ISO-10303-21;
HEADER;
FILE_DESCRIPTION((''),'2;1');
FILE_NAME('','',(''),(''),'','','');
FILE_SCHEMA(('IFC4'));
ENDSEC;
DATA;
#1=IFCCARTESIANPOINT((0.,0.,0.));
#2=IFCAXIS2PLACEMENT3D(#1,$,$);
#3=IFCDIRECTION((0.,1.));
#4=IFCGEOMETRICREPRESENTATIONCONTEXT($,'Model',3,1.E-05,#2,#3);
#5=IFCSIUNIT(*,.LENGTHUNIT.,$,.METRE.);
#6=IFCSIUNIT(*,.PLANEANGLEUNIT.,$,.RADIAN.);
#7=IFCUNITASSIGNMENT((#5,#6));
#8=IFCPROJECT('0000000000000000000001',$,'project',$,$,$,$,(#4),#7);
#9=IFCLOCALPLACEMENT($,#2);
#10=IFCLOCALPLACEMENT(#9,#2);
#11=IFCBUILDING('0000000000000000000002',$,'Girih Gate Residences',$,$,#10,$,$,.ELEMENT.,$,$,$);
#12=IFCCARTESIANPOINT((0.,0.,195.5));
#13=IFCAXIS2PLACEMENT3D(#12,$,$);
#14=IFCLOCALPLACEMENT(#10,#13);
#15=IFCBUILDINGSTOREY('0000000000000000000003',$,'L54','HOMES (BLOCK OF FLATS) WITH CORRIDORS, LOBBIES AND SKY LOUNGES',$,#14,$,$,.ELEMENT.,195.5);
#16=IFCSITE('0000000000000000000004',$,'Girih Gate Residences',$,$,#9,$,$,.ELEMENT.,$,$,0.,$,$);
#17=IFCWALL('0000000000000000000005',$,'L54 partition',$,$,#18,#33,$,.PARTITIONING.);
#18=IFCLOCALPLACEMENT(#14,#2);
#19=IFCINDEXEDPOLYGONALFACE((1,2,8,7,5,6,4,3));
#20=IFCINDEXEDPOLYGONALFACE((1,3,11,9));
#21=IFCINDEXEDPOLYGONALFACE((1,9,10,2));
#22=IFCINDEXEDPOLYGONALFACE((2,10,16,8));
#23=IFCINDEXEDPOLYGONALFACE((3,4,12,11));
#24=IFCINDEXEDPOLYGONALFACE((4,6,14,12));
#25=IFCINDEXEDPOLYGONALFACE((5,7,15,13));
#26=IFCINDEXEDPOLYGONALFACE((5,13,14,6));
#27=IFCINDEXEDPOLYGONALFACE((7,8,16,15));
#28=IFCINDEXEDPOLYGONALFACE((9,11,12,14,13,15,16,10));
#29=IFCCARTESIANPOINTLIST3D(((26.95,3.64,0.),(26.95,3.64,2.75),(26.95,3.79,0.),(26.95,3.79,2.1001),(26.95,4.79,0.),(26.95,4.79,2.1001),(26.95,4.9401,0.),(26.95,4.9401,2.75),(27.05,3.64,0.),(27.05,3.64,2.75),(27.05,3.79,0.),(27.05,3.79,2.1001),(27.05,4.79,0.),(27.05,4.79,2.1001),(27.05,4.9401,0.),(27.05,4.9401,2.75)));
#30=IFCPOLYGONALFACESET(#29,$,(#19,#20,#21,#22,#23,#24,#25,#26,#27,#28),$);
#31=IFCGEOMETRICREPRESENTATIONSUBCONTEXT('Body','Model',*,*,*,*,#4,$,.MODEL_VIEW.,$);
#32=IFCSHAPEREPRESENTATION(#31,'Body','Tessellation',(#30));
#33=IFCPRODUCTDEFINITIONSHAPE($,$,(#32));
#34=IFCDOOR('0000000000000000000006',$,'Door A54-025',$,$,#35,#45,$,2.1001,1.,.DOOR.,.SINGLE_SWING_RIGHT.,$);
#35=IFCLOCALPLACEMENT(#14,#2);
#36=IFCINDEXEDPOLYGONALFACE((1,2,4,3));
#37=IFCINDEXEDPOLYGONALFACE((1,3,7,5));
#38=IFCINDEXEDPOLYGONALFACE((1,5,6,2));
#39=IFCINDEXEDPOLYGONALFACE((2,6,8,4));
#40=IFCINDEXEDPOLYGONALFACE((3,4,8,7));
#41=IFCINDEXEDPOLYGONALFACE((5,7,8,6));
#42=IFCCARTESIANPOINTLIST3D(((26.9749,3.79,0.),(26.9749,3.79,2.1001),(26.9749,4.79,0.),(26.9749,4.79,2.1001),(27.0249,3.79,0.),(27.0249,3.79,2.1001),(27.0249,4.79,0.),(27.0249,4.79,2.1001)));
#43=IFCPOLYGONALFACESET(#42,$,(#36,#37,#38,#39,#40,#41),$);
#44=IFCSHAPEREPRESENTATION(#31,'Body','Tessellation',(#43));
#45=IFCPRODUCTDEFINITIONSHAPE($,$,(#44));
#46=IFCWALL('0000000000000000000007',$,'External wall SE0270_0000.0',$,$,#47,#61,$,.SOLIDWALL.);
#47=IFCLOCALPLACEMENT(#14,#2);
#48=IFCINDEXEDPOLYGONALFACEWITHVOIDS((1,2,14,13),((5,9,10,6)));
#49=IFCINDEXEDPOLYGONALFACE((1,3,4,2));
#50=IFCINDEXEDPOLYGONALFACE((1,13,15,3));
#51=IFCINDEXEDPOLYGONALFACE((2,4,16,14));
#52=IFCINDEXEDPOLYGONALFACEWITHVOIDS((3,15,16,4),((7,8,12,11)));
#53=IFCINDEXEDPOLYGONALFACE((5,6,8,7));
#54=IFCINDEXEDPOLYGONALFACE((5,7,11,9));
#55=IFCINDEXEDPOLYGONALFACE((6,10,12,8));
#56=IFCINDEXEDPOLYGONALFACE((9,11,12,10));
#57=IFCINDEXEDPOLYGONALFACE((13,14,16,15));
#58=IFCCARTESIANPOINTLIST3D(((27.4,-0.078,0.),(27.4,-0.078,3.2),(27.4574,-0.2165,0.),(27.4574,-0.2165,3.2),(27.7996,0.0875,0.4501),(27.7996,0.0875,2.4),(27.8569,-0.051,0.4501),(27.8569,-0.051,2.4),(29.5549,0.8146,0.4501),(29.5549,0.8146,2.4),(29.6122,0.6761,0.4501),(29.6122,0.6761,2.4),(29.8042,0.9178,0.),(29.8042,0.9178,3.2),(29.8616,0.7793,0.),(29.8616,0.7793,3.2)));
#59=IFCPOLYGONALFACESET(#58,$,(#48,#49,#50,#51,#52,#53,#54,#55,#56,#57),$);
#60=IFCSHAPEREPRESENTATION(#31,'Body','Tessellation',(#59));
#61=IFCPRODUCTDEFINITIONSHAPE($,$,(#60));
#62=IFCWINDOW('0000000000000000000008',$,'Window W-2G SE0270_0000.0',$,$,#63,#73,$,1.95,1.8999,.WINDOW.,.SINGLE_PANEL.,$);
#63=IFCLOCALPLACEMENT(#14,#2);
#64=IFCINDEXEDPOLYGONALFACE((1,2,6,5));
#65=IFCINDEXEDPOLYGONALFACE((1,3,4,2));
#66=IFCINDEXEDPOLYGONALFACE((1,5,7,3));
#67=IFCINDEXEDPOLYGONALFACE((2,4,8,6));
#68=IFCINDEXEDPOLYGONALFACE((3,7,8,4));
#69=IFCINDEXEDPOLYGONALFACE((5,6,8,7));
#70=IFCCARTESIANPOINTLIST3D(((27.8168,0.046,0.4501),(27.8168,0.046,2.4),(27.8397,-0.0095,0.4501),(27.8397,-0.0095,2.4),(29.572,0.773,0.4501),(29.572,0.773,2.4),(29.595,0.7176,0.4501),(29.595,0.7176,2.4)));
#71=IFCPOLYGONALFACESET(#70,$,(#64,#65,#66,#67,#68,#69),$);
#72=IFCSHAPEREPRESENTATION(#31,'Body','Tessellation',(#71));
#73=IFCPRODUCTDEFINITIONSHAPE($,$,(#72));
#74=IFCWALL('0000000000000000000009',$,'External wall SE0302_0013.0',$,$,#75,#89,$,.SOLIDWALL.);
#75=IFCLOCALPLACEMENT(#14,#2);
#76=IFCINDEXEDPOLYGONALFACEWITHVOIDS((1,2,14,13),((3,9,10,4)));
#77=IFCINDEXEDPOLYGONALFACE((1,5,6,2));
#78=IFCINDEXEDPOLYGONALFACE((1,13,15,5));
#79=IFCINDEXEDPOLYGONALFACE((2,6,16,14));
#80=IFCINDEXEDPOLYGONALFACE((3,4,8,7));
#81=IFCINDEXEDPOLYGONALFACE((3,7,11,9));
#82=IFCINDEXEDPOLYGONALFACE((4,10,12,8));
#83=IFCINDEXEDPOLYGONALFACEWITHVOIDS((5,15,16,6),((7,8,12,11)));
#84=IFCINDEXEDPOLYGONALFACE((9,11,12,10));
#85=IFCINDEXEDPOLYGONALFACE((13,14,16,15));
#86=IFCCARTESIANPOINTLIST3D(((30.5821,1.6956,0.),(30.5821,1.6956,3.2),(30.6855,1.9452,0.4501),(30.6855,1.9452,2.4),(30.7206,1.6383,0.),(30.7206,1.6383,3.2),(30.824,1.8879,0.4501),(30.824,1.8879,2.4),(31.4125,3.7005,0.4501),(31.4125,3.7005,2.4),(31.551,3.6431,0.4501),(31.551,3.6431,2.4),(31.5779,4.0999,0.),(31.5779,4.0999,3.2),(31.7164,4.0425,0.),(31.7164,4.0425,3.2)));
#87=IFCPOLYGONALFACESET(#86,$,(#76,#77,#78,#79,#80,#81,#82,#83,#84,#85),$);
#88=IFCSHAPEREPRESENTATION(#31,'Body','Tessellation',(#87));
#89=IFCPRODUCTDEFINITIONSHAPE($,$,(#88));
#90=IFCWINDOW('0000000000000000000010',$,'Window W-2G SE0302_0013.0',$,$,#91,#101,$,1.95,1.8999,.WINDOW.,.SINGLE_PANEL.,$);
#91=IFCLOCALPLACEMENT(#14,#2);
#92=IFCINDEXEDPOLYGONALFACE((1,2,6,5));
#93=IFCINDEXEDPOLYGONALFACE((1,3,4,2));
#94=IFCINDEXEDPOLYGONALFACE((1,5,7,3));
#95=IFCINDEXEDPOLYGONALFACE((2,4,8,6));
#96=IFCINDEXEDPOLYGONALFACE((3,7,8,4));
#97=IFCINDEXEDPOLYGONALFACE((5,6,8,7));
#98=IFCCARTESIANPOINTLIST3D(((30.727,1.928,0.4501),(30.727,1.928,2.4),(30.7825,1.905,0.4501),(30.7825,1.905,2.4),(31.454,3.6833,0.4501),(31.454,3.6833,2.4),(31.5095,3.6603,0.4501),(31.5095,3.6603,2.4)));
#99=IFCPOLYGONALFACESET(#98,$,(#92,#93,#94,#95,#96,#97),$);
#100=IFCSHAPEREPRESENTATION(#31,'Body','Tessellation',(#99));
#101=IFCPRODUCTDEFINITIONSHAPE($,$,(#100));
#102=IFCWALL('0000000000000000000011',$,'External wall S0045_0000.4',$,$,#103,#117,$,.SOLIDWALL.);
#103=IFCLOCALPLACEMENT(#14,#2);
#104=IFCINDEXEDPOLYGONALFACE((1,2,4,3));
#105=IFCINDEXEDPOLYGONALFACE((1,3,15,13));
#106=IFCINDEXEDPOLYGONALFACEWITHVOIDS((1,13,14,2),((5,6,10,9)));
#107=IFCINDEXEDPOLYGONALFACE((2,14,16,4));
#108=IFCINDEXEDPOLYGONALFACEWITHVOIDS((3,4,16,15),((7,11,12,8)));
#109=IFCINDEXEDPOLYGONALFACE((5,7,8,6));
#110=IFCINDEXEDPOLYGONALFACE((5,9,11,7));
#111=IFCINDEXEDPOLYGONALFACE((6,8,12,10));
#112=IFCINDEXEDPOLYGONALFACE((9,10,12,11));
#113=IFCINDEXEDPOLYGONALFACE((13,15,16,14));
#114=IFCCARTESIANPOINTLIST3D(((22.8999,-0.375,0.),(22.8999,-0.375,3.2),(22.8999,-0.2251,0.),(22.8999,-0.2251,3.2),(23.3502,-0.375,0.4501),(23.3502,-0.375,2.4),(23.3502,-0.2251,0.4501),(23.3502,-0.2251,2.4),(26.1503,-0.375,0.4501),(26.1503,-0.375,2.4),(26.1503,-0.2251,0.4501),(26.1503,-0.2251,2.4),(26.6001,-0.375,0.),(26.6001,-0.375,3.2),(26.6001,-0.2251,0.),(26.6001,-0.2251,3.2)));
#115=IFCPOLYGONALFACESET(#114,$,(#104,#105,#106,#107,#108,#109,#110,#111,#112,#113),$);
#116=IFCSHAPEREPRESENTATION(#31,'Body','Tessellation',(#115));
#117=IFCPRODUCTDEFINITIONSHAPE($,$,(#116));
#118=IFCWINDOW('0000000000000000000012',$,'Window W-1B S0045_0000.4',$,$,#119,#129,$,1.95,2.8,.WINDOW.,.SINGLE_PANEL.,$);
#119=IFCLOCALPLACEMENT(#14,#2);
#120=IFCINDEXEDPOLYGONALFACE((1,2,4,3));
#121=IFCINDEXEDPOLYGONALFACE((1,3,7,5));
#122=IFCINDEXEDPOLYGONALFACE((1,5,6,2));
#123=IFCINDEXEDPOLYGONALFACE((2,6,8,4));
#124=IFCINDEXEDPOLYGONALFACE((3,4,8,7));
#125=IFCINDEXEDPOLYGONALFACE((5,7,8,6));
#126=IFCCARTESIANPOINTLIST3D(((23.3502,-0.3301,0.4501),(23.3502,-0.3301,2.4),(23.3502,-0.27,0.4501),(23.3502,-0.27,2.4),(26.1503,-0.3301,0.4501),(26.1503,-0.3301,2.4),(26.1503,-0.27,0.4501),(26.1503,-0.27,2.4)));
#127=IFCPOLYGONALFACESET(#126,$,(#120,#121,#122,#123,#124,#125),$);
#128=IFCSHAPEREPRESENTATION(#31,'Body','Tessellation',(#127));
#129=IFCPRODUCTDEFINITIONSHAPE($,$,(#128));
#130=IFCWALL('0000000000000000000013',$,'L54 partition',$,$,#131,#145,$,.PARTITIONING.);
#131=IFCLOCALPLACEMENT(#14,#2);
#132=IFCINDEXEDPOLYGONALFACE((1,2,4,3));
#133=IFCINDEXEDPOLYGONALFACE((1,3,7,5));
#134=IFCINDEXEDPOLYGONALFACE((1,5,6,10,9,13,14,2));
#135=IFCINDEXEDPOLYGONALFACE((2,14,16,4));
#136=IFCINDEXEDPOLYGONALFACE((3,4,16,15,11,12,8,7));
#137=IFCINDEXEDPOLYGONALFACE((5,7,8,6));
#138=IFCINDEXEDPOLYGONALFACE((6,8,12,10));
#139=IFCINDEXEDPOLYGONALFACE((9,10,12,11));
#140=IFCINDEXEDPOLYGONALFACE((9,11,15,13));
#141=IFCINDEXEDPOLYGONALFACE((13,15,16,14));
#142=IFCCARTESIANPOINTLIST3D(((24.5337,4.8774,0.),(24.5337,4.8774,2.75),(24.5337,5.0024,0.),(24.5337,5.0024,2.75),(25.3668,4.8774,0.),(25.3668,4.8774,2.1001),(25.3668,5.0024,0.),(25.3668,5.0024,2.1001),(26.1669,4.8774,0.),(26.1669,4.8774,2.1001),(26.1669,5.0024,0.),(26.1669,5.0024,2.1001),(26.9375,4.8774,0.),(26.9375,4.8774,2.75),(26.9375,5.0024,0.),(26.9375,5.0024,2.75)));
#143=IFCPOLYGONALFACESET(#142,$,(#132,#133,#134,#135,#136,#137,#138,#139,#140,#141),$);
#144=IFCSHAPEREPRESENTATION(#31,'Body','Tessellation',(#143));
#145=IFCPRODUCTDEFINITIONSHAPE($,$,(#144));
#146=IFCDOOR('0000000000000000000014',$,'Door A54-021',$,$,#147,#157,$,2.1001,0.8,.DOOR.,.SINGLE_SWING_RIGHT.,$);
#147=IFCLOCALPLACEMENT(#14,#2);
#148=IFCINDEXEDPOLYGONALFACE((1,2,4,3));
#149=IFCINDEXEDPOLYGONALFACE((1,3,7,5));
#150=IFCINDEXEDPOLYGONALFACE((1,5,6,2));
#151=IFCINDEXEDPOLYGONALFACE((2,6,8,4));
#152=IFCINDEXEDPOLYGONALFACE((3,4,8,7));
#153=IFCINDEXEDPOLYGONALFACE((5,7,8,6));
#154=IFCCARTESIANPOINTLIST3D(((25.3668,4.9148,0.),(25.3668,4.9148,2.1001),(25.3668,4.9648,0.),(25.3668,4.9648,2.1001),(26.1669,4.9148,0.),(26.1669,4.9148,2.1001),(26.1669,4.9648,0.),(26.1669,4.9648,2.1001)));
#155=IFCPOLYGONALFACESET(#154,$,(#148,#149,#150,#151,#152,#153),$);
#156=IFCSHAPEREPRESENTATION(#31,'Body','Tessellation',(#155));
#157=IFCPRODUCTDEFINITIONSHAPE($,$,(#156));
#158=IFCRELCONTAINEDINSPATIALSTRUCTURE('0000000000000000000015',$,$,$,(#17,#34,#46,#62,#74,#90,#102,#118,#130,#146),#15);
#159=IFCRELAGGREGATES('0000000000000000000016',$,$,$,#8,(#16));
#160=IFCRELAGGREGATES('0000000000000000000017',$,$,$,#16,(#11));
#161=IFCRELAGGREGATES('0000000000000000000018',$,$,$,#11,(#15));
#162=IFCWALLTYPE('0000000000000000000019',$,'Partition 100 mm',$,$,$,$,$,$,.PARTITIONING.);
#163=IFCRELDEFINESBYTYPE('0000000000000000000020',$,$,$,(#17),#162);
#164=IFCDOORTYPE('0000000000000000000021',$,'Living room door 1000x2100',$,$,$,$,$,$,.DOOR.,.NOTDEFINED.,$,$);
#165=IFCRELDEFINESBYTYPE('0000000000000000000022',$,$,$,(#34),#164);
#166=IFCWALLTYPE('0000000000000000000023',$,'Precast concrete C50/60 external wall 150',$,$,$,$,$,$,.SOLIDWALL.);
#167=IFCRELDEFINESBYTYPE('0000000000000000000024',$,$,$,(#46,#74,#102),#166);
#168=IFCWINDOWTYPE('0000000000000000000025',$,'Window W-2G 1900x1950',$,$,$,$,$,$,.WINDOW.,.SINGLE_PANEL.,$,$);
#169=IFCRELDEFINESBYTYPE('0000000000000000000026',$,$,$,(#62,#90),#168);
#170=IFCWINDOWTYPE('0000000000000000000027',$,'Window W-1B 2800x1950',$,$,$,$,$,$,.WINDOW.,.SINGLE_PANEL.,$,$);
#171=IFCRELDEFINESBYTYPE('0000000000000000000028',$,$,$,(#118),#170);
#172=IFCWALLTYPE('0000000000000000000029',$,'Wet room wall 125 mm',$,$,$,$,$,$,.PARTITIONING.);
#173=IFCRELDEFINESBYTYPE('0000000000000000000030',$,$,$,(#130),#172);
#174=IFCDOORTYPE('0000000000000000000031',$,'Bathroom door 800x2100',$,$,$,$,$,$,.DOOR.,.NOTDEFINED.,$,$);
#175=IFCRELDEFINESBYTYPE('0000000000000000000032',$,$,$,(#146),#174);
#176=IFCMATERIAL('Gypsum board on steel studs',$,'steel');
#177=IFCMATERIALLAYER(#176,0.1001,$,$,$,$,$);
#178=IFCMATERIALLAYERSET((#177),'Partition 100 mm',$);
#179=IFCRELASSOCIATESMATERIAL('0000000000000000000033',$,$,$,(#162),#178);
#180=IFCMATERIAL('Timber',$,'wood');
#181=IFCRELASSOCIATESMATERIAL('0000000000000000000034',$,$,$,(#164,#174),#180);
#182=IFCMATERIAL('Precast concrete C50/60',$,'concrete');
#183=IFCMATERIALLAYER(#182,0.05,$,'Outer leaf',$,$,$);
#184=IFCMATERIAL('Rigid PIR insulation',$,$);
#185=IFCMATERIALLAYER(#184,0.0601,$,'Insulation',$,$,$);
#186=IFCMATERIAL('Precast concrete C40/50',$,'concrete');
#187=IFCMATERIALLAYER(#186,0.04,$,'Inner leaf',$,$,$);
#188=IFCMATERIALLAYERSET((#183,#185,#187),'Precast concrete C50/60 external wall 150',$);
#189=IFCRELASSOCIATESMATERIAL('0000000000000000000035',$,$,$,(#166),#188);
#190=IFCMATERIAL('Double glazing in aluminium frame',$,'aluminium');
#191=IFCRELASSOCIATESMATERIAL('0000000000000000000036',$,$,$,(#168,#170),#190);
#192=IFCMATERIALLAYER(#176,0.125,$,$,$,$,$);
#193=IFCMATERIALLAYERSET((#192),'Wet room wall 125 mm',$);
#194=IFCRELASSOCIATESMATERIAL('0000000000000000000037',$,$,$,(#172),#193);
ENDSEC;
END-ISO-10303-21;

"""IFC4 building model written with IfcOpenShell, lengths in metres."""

from ifc_helpers import new_model, si_unit, direction, frame, frame_2d, origin, place, context, subcontext, project, spatial, rectangle, extrude, material, layer, layer_set, type_object, element, fill, save


model = new_model("IFC4")

# Units and contexts
model_context = context("Model", 3, precision=1e-05, world=origin(), true_north=direction((0.0, 1.0)))
body_context = subcontext(model_context, "Body", "Model", "MODEL_VIEW")
ifc_project = project(units=[si_unit("LENGTHUNIT", "METRE"), si_unit("PLANEANGLEUNIT", "RADIAN")], contexts=[model_context])

# Site, building, storey
site_placement = place(None, origin())
site = spatial("IfcSite", under=ifc_project, at=site_placement, Name="Girih Gate Residences", CompositionType="ELEMENT", RefElevation=0.0)
building_placement = place(site_placement, origin())
building = spatial("IfcBuilding", under=site, at=building_placement, Name="Girih Gate Residences", CompositionType="ELEMENT")
storey_placement = place(building_placement, frame((0.0, 0.0, 195.5)))
storey = spatial("IfcBuildingStorey", under=building, at=storey_placement, Name="L54", Description="HOMES (BLOCK OF FLATS) WITH CORRIDORS, LOBBIES AND SKY LOUNGES", CompositionType="ELEMENT", Elevation=195.5)

# Shared definitions
ifc_material_1 = material(Name="Gypsum board on steel studs", Category="steel")
ifc_layer_1 = layer(ifc_material_1, 0.1001)
ifc_layer_set_1 = layer_set([ifc_layer_1], Name="Partition 100 mm")
wall_type_1 = type_object("IfcWallType", Name="Partition 100 mm", PredefinedType="PARTITIONING", material=ifc_layer_set_1)
ifc_material_2 = material(Name="Timber", Category="wood")

# Wall, opening, door
wall_1_placement = place(storey_placement, frame((27.0, 4.9399, 0.0), z_axis=(0.0, 0.0, 1.0), x_axis=(0.0, -1.0, 0.0)))
wall_1 = element("IfcWall", 1, at=wall_1_placement, inside=storey, type_object=wall_type_1, Name="L54 partition", PredefinedType="PARTITIONING", context=body_context, shape_type="SweptSolid", body=[
    extrude(rectangle(XDim=1.3, YDim=0.1001, at=frame_2d((0.6499, 0.0))), origin(), (0.0, 0.0, 1.0), 2.75),
])
opening_1_placement = place(wall_1_placement, frame((0.1499, 0.0, 0.0)))
opening_1 = element("IfcOpeningElement", 2, at=opening_1_placement, cuts=wall_1, PredefinedType="OPENING", context=body_context, shape_type="SweptSolid", body=[
    extrude(rectangle(XDim=1.0, YDim=2.1001, at=frame_2d((0.5, 1.05))), frame((0.0, 0.0601, 0.0), z_axis=(0.0, -1.0, 0.0), x_axis=(1.0, 0.0, 0.0)), (0.0, 0.0, 1.0), 0.1201),
])
door_type_1 = type_object("IfcDoorType", Name="Living room door 1000x2100", OperationType="NOTDEFINED", PredefinedType="DOOR", material=ifc_material_2)
door_1_placement = place(opening_1_placement, origin())
door_1 = element("IfcDoor", 3, at=door_1_placement, inside=storey, type_object=door_type_1, Name="Door A54-025", OperationType="SINGLE_SWING_RIGHT", OverallHeight=2.1001, OverallWidth=1.0, PredefinedType="DOOR", context=body_context, shape_type="SweptSolid", body=[
    extrude(rectangle(XDim=1.0, YDim=2.1001, at=frame_2d((0.5, 1.05))), frame((0.0, 0.0249, 0.0), z_axis=(0.0, -1.0, 0.0), x_axis=(1.0, 0.0, 0.0)), (0.0, 0.0, 1.0), 0.05),
])
fill(opening_1, door_1)

# Walls, openings, windows
ifc_material_3 = material(Name="Precast concrete C50/60", Category="concrete")
ifc_layer_2 = layer(ifc_material_3, 0.05, Name="Outer leaf")
ifc_material_4 = material(Name="Rigid PIR insulation")
ifc_layer_3 = layer(ifc_material_4, 0.0601, Name="Insulation")
ifc_material_5 = material(Name="Precast concrete C40/50", Category="concrete")
ifc_layer_4 = layer(ifc_material_5, 0.04, Name="Inner leaf")
ifc_layer_set_2 = layer_set([ifc_layer_2, ifc_layer_3, ifc_layer_4], Name="Precast concrete C50/60 external wall 150")
wall_type_2 = type_object("IfcWallType", Name="Precast concrete C50/60 external wall 150", PredefinedType="SOLIDWALL", material=ifc_layer_set_2)
wall_2_placement = place(storey_placement, frame((29.833, 0.8486, 0.0), z_axis=(0.0, 0.0, 1.0), x_axis=(-0.923885, -0.382669, 0.0)))
wall_2 = element("IfcWall", 4, at=wall_2_placement, inside=storey, type_object=wall_type_2, Name="External wall SE0270_0000.0", PredefinedType="SOLIDWALL", context=body_context, shape_type="SweptSolid", body=[
    extrude(rectangle(XDim=2.6023, YDim=0.1499, at=frame_2d((1.3013, 0.0))), origin(), (0.0, 0.0, 1.0), 3.2),
])
opening_2_placement = place(wall_2_placement, frame((0.27, 0.0, 0.45)))
opening_2 = element("IfcOpeningElement", 5, at=opening_2_placement, cuts=wall_2, PredefinedType="OPENING", context=body_context, shape_type="SweptSolid", body=[
    extrude(rectangle(XDim=1.8999, YDim=1.95, at=frame_2d((0.95, 0.9751))), frame((0.0, 0.085, 0.0), z_axis=(0.0, -1.0, 0.0), x_axis=(1.0, 0.0, 0.0)), (0.0, 0.0, 1.0), 0.1699),
])
ifc_material_6 = material(Name="Double glazing in aluminium frame", Category="aluminium")
window_type_1 = type_object("IfcWindowType", Name="Window W-2G 1900x1950", PartitioningType="SINGLE_PANEL", PredefinedType="WINDOW", material=ifc_material_6)
window_1_placement = place(opening_2_placement, origin())
window_1 = element("IfcWindow", 6, at=window_1_placement, inside=storey, type_object=window_type_1, Name="Window W-2G SE0270_0000.0", OverallHeight=1.95, OverallWidth=1.8999, PartitioningType="SINGLE_PANEL", PredefinedType="WINDOW", context=body_context, shape_type="SweptSolid", body=[
    extrude(rectangle(XDim=1.8999, YDim=1.95, at=frame_2d((0.95, 0.9751))), frame((0.0, 0.03, 0.0), z_axis=(0.0, -1.0, 0.0), x_axis=(1.0, 0.0, 0.0)), (0.0, 0.0, 1.0), 0.0601),
])
fill(opening_2, window_1)
wall_3_placement = place(storey_placement, frame((31.6472, 4.0713, 0.0), z_axis=(0.0, 0.0, 1.0), x_axis=(-0.382669, -0.923885, 0.0)))
wall_3 = element("IfcWall", 7, at=wall_3_placement, inside=storey, type_object=wall_type_2, Name="External wall SE0302_0013.0", PredefinedType="SOLIDWALL", context=body_context, shape_type="SweptSolid", body=[
    extrude(rectangle(XDim=2.6023, YDim=0.1499, at=frame_2d((1.3013, 0.0))), origin(), (0.0, 0.0, 1.0), 3.2),
])
opening_3_placement = place(wall_3_placement, frame((0.4324, 0.0, 0.45)))
opening_3 = element("IfcOpeningElement", 8, at=opening_3_placement, cuts=wall_3, PredefinedType="OPENING", context=body_context, shape_type="SweptSolid", body=[
    extrude(rectangle(XDim=1.8999, YDim=1.95, at=frame_2d((0.95, 0.9751))), frame((0.0, 0.085, 0.0), z_axis=(0.0, -1.0, 0.0), x_axis=(1.0, 0.0, 0.0)), (0.0, 0.0, 1.0), 0.1699),
])
window_2_placement = place(opening_3_placement, origin())
window_2 = element("IfcWindow", 9, at=window_2_placement, inside=storey, type_object=window_type_1, Name="Window W-2G SE0302_0013.0", OverallHeight=1.95, OverallWidth=1.8999, PartitioningType="SINGLE_PANEL", PredefinedType="WINDOW", context=body_context, shape_type="SweptSolid", body=[
    extrude(rectangle(XDim=1.8999, YDim=1.95, at=frame_2d((0.95, 0.9751))), frame((0.0, 0.03, 0.0), z_axis=(0.0, -1.0, 0.0), x_axis=(1.0, 0.0, 0.0)), (0.0, 0.0, 1.0), 0.0601),
])
fill(opening_3, window_2)
wall_4_placement = place(storey_placement, frame((26.6001, -0.3, 0.0), z_axis=(0.0, 0.0, 1.0), x_axis=(-1.0, 0.0, 0.0)))
wall_4 = element("IfcWall", 10, at=wall_4_placement, inside=storey, type_object=wall_type_2, Name="External wall S0045_0000.4", PredefinedType="SOLIDWALL", context=body_context, shape_type="SweptSolid", body=[
    extrude(rectangle(XDim=3.7002, YDim=0.1499, at=frame_2d((1.8501, 0.0))), origin(), (0.0, 0.0, 1.0), 3.2),
])
opening_4_placement = place(wall_4_placement, frame((0.45, 0.0, 0.45)))
opening_4 = element("IfcOpeningElement", 11, at=opening_4_placement, cuts=wall_4, PredefinedType="OPENING", context=body_context, shape_type="SweptSolid", body=[
    extrude(rectangle(XDim=2.8, YDim=1.95, at=frame_2d((1.3999, 0.9751))), frame((0.0, 0.085, 0.0), z_axis=(0.0, -1.0, 0.0), x_axis=(1.0, 0.0, 0.0)), (0.0, 0.0, 1.0), 0.1699),
])
window_type_2 = type_object("IfcWindowType", Name="Window W-1B 2800x1950", PartitioningType="SINGLE_PANEL", PredefinedType="WINDOW", material=ifc_material_6)
window_3_placement = place(opening_4_placement, origin())
window_3 = element("IfcWindow", 12, at=window_3_placement, inside=storey, type_object=window_type_2, Name="Window W-1B S0045_0000.4", OverallHeight=1.95, OverallWidth=2.8, PartitioningType="SINGLE_PANEL", PredefinedType="WINDOW", context=body_context, shape_type="SweptSolid", body=[
    extrude(rectangle(XDim=2.8, YDim=1.95, at=frame_2d((1.3999, 0.9751))), frame((0.0, 0.03, 0.0), z_axis=(0.0, -1.0, 0.0), x_axis=(1.0, 0.0, 0.0)), (0.0, 0.0, 1.0), 0.0601),
])
fill(opening_4, window_3)

# Wall, opening, door
ifc_layer_5 = layer(ifc_material_1, 0.125)
ifc_layer_set_3 = layer_set([ifc_layer_5], Name="Wet room wall 125 mm")
wall_type_3 = type_object("IfcWallType", Name="Wet room wall 125 mm", PredefinedType="PARTITIONING", material=ifc_layer_set_3)
wall_5_placement = place(storey_placement, frame((24.5337, 4.9399, 0.0), z_axis=(0.0, 0.0, 1.0), x_axis=(1.0, 0.0, 0.0)))
wall_5 = element("IfcWall", 13, at=wall_5_placement, inside=storey, type_object=wall_type_3, Name="L54 partition", PredefinedType="PARTITIONING", context=body_context, shape_type="SweptSolid", body=[
    extrude(rectangle(XDim=2.4038, YDim=0.125, at=frame_2d((1.2019, 0.0))), origin(), (0.0, 0.0, 1.0), 2.75),
])
opening_5_placement = place(wall_5_placement, frame((0.8333, 0.0, 0.0)))
opening_5 = element("IfcOpeningElement", 14, at=opening_5_placement, cuts=wall_5, PredefinedType="OPENING", context=body_context, shape_type="SweptSolid", body=[
    extrude(rectangle(XDim=0.8, YDim=2.1001, at=frame_2d((0.3999, 1.05))), frame((0.0, 0.0725, 0.0), z_axis=(0.0, -1.0, 0.0), x_axis=(1.0, 0.0, 0.0)), (0.0, 0.0, 1.0), 0.145),
])
door_type_2 = type_object("IfcDoorType", Name="Bathroom door 800x2100", OperationType="NOTDEFINED", PredefinedType="DOOR", material=ifc_material_2)
door_2_placement = place(opening_5_placement, origin())
door_2 = element("IfcDoor", 15, at=door_2_placement, inside=storey, type_object=door_type_2, Name="Door A54-021", OperationType="SINGLE_SWING_RIGHT", OverallHeight=2.1001, OverallWidth=0.8, PredefinedType="DOOR", context=body_context, shape_type="SweptSolid", body=[
    extrude(rectangle(XDim=0.8, YDim=2.1001, at=frame_2d((0.3999, 1.05))), frame((0.0, 0.0249, 0.0), z_axis=(0.0, -1.0, 0.0), x_axis=(1.0, 0.0, 0.0)), (0.0, 0.0, 1.0), 0.05),
])
fill(opening_5, door_2)

save(model, "model.ifc")
